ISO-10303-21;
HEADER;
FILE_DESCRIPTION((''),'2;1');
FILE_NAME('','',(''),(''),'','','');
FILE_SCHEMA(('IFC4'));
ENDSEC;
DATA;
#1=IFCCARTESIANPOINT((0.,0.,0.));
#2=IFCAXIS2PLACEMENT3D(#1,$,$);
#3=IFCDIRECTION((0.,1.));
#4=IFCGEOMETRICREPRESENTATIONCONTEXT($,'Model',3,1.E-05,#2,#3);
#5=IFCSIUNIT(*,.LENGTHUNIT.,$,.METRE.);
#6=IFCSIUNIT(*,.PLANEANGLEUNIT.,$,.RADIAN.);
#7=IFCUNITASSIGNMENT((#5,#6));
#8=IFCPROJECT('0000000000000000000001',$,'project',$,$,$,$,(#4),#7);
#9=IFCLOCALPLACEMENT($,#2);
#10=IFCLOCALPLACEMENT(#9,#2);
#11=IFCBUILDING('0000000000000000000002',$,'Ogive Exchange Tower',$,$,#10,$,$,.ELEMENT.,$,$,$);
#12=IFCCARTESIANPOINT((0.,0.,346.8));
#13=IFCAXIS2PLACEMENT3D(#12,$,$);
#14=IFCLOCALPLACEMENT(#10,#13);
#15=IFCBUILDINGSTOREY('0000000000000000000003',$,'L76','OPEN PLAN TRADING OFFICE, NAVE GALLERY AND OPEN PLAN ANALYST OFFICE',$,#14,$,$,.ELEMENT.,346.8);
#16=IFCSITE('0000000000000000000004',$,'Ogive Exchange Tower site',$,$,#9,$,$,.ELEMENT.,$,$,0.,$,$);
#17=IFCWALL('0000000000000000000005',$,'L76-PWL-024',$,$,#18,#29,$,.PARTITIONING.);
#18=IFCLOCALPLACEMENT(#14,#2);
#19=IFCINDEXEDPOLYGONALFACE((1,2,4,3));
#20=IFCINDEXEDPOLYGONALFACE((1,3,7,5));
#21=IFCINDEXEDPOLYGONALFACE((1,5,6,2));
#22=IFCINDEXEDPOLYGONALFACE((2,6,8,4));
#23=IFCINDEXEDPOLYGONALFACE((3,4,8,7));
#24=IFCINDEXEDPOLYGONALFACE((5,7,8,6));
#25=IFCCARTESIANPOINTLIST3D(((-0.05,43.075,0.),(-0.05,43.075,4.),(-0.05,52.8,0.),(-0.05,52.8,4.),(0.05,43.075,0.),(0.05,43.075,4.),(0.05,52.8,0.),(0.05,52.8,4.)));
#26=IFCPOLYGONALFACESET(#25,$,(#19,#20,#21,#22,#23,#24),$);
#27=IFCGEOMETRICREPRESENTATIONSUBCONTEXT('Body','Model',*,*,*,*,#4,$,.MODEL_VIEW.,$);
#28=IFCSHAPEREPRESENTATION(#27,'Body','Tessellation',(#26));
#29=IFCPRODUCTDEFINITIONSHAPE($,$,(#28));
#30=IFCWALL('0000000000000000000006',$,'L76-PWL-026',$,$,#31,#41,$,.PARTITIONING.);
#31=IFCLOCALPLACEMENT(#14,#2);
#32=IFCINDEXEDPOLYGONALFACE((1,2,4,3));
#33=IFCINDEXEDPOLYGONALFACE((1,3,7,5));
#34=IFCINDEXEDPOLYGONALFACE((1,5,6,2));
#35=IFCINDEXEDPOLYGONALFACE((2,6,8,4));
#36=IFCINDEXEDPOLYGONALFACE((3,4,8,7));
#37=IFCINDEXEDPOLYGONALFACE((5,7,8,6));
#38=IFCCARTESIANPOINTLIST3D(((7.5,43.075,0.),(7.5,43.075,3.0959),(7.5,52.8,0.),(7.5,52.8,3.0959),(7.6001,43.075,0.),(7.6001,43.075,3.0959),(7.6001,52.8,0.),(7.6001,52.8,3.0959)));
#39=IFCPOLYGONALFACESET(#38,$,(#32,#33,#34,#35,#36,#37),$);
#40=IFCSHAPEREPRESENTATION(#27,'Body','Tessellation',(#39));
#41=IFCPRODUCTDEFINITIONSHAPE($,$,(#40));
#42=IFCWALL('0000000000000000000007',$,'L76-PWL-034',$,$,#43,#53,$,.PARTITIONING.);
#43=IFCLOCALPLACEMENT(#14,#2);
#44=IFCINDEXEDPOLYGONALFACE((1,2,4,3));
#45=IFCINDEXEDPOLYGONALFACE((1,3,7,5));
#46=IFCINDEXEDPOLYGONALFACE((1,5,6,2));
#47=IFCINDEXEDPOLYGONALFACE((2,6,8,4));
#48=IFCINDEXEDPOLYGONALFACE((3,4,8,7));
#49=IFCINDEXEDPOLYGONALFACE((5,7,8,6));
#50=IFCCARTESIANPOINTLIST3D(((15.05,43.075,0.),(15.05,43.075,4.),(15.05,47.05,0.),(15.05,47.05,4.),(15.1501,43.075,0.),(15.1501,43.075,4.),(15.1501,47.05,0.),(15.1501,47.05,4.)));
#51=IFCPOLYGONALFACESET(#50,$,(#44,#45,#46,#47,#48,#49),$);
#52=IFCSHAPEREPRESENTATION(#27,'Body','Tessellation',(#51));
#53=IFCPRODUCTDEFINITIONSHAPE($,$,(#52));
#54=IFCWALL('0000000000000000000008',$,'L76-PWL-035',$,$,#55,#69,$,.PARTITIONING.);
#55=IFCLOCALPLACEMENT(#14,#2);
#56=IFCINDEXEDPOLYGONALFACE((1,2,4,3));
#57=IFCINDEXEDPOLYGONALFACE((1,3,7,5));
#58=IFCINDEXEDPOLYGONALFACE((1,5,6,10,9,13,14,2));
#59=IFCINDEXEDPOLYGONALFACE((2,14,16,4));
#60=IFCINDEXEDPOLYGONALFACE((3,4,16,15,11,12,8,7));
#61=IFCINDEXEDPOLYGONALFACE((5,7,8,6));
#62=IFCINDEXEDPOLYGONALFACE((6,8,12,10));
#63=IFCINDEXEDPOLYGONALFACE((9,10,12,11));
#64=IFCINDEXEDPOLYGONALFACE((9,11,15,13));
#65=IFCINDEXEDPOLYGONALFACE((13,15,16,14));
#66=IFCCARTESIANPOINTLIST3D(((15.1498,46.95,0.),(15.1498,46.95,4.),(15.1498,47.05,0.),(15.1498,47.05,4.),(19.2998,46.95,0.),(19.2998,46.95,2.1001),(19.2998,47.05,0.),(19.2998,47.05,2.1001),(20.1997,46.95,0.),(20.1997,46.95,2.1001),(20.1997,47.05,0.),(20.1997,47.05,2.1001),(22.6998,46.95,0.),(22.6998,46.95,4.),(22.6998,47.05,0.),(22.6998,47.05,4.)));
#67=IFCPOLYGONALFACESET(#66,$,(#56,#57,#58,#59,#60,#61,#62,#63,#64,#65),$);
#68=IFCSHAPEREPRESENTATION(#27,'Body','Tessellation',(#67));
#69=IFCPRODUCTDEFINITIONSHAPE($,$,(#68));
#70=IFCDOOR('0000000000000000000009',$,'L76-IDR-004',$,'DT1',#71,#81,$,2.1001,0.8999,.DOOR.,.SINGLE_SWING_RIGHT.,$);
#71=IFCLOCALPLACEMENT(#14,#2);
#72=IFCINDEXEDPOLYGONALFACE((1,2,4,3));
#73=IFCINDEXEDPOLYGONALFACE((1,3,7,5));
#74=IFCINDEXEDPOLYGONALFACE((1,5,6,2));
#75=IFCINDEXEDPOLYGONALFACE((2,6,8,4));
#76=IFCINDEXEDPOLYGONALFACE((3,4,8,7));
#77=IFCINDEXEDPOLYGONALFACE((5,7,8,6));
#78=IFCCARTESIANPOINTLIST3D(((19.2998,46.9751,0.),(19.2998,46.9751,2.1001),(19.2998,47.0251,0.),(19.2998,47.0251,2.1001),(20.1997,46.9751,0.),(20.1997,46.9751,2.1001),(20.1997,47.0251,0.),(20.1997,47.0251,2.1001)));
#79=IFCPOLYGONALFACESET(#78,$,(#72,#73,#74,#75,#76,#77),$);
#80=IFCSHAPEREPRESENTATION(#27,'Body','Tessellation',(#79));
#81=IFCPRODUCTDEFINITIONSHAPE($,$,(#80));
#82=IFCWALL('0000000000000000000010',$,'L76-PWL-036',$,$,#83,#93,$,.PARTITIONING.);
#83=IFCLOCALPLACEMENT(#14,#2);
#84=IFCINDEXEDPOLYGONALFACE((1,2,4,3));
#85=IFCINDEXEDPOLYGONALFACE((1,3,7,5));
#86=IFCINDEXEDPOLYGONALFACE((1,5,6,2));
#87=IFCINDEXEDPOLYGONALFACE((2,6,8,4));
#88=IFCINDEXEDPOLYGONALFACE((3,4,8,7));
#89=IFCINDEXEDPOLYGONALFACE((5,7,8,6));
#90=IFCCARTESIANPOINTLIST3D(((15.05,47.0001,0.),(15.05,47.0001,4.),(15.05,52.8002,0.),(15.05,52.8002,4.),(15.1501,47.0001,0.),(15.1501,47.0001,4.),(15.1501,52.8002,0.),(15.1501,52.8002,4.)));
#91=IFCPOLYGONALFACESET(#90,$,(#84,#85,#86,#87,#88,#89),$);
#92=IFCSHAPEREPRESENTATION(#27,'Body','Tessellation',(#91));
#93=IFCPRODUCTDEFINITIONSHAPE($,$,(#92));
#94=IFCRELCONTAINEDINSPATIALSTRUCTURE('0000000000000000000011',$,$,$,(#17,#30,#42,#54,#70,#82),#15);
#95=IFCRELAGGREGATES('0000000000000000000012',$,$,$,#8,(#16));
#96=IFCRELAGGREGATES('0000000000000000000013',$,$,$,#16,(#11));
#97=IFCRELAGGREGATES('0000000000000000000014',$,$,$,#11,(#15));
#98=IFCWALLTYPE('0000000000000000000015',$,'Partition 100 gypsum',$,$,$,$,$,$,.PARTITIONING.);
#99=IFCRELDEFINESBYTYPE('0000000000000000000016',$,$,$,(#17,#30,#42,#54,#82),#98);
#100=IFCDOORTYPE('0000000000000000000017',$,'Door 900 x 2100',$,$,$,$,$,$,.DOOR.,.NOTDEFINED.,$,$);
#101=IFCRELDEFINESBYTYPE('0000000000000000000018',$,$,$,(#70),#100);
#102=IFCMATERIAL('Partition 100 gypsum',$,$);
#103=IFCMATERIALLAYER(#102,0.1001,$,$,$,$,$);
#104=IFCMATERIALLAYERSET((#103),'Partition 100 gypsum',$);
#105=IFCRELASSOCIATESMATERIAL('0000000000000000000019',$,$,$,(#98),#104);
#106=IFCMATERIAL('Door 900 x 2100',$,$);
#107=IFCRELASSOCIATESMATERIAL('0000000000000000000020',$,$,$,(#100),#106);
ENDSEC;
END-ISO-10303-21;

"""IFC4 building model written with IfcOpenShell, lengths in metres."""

from ifc_helpers import new_model, si_unit, direction, frame, frame_2d, origin, place, context, subcontext, project, spatial, rectangle, extrude, material, layer, layer_set, type_object, element, fill, save


model = new_model("IFC4")

# Units and contexts
model_context = context("Model", 3, precision=1e-05, world=origin(), true_north=direction((0.0, 1.0)))
body_context = subcontext(model_context, "Body", "Model", "MODEL_VIEW")
ifc_project = project(units=[si_unit("LENGTHUNIT", "METRE"), si_unit("PLANEANGLEUNIT", "RADIAN")], contexts=[model_context])

# Site, building, storey
site_placement = place(None, origin())
site = spatial("IfcSite", under=ifc_project, at=site_placement, Name="Ogive Exchange Tower site", CompositionType="ELEMENT", RefElevation=0.0)
building_placement = place(site_placement, origin())
building = spatial("IfcBuilding", under=site, at=building_placement, Name="Ogive Exchange Tower", CompositionType="ELEMENT")
storey_placement = place(building_placement, frame((0.0, 0.0, 346.8)))
storey = spatial("IfcBuildingStorey", under=building, at=storey_placement, Name="L76", Description="OPEN PLAN TRADING OFFICE, NAVE GALLERY AND OPEN PLAN ANALYST OFFICE", CompositionType="ELEMENT", Elevation=346.8)

# Walls
ifc_material_1 = material(Name="Partition 100 gypsum")
ifc_layer_1 = layer(ifc_material_1, 0.1001)
ifc_layer_set_1 = layer_set([ifc_layer_1], Name="Partition 100 gypsum")
wall_type_1 = type_object("IfcWallType", Name="Partition 100 gypsum", PredefinedType="PARTITIONING", material=ifc_layer_set_1)
wall_1_placement = place(storey_placement, frame((0.0, 43.075, 0.0), z_axis=(0.0, 0.0, 1.0), x_axis=(0.0, 1.0, 0.0)))
element("IfcWall", 1, at=wall_1_placement, inside=storey, type_object=wall_type_1, Name="L76-PWL-024", PredefinedType="PARTITIONING", context=body_context, shape_type="SweptSolid", body=[
    extrude(rectangle(XDim=9.7251, YDim=0.1001, at=frame_2d((4.8625, 0.0))), origin(), (0.0, 0.0, 1.0), 4.0),
])
wall_2_placement = place(storey_placement, frame((7.55, 43.075, 0.0), z_axis=(0.0, 0.0, 1.0), x_axis=(0.0, 1.0, 0.0)))
element("IfcWall", 2, at=wall_2_placement, inside=storey, type_object=wall_type_1, Name="L76-PWL-026", PredefinedType="PARTITIONING", context=body_context, shape_type="SweptSolid", body=[
    extrude(rectangle(XDim=9.7251, YDim=0.1001, at=frame_2d((4.8625, 0.0))), origin(), (0.0, 0.0, 1.0), 3.0959),
])
wall_3_placement = place(storey_placement, frame((15.1001, 47.05, 0.0), z_axis=(0.0, 0.0, 1.0), x_axis=(0.0, -1.0, 0.0)))
element("IfcWall", 3, at=wall_3_placement, inside=storey, type_object=wall_type_1, Name="L76-PWL-034", PredefinedType="PARTITIONING", context=body_context, shape_type="SweptSolid", body=[
    extrude(rectangle(XDim=3.9751, YDim=0.1001, at=frame_2d((1.9875, 0.0))), origin(), (0.0, 0.0, 1.0), 4.0),
])

# Wall, opening, door
wall_4_placement = place(storey_placement, frame((15.1499, 47.0, 0.0), z_axis=(0.0, 0.0, 1.0), x_axis=(1.0, 0.0, 0.0)))
wall_4 = element("IfcWall", 4, at=wall_4_placement, inside=storey, type_object=wall_type_1, Name="L76-PWL-035", PredefinedType="PARTITIONING", context=body_context, shape_type="SweptSolid", body=[
    extrude(rectangle(XDim=7.55, YDim=0.1001, at=frame_2d((3.7749, 0.0))), origin(), (0.0, 0.0, 1.0), 4.0),
])
opening_1_placement = place(wall_4_placement, frame((4.1499, 0.0, 0.0)))
opening_1 = element("IfcOpeningElement", 5, at=opening_1_placement, cuts=wall_4, PredefinedType="OPENING", context=body_context, shape_type="SweptSolid", body=[
    extrude(rectangle(XDim=0.8999, YDim=2.1001, at=frame_2d((0.45, 1.05))), frame((0.0, 0.0601, 0.0), z_axis=(0.0, -1.0, 0.0), x_axis=(1.0, 0.0, 0.0)), (0.0, 0.0, 1.0), 0.1201),
])
ifc_material_2 = material(Name="Door 900 x 2100")
door_type_1 = type_object("IfcDoorType", Name="Door 900 x 2100", OperationType="NOTDEFINED", PredefinedType="DOOR", material=ifc_material_2)
door_1_placement = place(opening_1_placement, frame((0.8999, 0.0, 0.0), z_axis=(0.0, 0.0, 1.0), x_axis=(-1.0, 0.0, 0.0)))
door_1 = element("IfcDoor", 6, at=door_1_placement, inside=storey, type_object=door_type_1, Name="L76-IDR-004", ObjectType="DT1", OperationType="SINGLE_SWING_RIGHT", OverallHeight=2.1001, OverallWidth=0.8999, PredefinedType="DOOR", context=body_context, shape_type="SweptSolid", body=[
    extrude(rectangle(XDim=0.8999, YDim=2.1001, at=frame_2d((0.45, 1.05))), frame((0.0, 0.0249, 0.0), z_axis=(0.0, -1.0, 0.0), x_axis=(1.0, 0.0, 0.0)), (0.0, 0.0, 1.0), 0.05),
])
fill(opening_1, door_1)

# Wall
wall_5_placement = place(storey_placement, frame((15.1001, 52.8, 0.0), z_axis=(0.0, 0.0, 1.0), x_axis=(0.0, -1.0, 0.0)))
element("IfcWall", 7, at=wall_5_placement, inside=storey, type_object=wall_type_1, Name="L76-PWL-036", PredefinedType="PARTITIONING", context=body_context, shape_type="SweptSolid", body=[
    extrude(rectangle(XDim=5.8, YDim=0.1001, at=frame_2d((2.8999, 0.0))), origin(), (0.0, 0.0, 1.0), 4.0),
])

save(model, "model.ifc")
